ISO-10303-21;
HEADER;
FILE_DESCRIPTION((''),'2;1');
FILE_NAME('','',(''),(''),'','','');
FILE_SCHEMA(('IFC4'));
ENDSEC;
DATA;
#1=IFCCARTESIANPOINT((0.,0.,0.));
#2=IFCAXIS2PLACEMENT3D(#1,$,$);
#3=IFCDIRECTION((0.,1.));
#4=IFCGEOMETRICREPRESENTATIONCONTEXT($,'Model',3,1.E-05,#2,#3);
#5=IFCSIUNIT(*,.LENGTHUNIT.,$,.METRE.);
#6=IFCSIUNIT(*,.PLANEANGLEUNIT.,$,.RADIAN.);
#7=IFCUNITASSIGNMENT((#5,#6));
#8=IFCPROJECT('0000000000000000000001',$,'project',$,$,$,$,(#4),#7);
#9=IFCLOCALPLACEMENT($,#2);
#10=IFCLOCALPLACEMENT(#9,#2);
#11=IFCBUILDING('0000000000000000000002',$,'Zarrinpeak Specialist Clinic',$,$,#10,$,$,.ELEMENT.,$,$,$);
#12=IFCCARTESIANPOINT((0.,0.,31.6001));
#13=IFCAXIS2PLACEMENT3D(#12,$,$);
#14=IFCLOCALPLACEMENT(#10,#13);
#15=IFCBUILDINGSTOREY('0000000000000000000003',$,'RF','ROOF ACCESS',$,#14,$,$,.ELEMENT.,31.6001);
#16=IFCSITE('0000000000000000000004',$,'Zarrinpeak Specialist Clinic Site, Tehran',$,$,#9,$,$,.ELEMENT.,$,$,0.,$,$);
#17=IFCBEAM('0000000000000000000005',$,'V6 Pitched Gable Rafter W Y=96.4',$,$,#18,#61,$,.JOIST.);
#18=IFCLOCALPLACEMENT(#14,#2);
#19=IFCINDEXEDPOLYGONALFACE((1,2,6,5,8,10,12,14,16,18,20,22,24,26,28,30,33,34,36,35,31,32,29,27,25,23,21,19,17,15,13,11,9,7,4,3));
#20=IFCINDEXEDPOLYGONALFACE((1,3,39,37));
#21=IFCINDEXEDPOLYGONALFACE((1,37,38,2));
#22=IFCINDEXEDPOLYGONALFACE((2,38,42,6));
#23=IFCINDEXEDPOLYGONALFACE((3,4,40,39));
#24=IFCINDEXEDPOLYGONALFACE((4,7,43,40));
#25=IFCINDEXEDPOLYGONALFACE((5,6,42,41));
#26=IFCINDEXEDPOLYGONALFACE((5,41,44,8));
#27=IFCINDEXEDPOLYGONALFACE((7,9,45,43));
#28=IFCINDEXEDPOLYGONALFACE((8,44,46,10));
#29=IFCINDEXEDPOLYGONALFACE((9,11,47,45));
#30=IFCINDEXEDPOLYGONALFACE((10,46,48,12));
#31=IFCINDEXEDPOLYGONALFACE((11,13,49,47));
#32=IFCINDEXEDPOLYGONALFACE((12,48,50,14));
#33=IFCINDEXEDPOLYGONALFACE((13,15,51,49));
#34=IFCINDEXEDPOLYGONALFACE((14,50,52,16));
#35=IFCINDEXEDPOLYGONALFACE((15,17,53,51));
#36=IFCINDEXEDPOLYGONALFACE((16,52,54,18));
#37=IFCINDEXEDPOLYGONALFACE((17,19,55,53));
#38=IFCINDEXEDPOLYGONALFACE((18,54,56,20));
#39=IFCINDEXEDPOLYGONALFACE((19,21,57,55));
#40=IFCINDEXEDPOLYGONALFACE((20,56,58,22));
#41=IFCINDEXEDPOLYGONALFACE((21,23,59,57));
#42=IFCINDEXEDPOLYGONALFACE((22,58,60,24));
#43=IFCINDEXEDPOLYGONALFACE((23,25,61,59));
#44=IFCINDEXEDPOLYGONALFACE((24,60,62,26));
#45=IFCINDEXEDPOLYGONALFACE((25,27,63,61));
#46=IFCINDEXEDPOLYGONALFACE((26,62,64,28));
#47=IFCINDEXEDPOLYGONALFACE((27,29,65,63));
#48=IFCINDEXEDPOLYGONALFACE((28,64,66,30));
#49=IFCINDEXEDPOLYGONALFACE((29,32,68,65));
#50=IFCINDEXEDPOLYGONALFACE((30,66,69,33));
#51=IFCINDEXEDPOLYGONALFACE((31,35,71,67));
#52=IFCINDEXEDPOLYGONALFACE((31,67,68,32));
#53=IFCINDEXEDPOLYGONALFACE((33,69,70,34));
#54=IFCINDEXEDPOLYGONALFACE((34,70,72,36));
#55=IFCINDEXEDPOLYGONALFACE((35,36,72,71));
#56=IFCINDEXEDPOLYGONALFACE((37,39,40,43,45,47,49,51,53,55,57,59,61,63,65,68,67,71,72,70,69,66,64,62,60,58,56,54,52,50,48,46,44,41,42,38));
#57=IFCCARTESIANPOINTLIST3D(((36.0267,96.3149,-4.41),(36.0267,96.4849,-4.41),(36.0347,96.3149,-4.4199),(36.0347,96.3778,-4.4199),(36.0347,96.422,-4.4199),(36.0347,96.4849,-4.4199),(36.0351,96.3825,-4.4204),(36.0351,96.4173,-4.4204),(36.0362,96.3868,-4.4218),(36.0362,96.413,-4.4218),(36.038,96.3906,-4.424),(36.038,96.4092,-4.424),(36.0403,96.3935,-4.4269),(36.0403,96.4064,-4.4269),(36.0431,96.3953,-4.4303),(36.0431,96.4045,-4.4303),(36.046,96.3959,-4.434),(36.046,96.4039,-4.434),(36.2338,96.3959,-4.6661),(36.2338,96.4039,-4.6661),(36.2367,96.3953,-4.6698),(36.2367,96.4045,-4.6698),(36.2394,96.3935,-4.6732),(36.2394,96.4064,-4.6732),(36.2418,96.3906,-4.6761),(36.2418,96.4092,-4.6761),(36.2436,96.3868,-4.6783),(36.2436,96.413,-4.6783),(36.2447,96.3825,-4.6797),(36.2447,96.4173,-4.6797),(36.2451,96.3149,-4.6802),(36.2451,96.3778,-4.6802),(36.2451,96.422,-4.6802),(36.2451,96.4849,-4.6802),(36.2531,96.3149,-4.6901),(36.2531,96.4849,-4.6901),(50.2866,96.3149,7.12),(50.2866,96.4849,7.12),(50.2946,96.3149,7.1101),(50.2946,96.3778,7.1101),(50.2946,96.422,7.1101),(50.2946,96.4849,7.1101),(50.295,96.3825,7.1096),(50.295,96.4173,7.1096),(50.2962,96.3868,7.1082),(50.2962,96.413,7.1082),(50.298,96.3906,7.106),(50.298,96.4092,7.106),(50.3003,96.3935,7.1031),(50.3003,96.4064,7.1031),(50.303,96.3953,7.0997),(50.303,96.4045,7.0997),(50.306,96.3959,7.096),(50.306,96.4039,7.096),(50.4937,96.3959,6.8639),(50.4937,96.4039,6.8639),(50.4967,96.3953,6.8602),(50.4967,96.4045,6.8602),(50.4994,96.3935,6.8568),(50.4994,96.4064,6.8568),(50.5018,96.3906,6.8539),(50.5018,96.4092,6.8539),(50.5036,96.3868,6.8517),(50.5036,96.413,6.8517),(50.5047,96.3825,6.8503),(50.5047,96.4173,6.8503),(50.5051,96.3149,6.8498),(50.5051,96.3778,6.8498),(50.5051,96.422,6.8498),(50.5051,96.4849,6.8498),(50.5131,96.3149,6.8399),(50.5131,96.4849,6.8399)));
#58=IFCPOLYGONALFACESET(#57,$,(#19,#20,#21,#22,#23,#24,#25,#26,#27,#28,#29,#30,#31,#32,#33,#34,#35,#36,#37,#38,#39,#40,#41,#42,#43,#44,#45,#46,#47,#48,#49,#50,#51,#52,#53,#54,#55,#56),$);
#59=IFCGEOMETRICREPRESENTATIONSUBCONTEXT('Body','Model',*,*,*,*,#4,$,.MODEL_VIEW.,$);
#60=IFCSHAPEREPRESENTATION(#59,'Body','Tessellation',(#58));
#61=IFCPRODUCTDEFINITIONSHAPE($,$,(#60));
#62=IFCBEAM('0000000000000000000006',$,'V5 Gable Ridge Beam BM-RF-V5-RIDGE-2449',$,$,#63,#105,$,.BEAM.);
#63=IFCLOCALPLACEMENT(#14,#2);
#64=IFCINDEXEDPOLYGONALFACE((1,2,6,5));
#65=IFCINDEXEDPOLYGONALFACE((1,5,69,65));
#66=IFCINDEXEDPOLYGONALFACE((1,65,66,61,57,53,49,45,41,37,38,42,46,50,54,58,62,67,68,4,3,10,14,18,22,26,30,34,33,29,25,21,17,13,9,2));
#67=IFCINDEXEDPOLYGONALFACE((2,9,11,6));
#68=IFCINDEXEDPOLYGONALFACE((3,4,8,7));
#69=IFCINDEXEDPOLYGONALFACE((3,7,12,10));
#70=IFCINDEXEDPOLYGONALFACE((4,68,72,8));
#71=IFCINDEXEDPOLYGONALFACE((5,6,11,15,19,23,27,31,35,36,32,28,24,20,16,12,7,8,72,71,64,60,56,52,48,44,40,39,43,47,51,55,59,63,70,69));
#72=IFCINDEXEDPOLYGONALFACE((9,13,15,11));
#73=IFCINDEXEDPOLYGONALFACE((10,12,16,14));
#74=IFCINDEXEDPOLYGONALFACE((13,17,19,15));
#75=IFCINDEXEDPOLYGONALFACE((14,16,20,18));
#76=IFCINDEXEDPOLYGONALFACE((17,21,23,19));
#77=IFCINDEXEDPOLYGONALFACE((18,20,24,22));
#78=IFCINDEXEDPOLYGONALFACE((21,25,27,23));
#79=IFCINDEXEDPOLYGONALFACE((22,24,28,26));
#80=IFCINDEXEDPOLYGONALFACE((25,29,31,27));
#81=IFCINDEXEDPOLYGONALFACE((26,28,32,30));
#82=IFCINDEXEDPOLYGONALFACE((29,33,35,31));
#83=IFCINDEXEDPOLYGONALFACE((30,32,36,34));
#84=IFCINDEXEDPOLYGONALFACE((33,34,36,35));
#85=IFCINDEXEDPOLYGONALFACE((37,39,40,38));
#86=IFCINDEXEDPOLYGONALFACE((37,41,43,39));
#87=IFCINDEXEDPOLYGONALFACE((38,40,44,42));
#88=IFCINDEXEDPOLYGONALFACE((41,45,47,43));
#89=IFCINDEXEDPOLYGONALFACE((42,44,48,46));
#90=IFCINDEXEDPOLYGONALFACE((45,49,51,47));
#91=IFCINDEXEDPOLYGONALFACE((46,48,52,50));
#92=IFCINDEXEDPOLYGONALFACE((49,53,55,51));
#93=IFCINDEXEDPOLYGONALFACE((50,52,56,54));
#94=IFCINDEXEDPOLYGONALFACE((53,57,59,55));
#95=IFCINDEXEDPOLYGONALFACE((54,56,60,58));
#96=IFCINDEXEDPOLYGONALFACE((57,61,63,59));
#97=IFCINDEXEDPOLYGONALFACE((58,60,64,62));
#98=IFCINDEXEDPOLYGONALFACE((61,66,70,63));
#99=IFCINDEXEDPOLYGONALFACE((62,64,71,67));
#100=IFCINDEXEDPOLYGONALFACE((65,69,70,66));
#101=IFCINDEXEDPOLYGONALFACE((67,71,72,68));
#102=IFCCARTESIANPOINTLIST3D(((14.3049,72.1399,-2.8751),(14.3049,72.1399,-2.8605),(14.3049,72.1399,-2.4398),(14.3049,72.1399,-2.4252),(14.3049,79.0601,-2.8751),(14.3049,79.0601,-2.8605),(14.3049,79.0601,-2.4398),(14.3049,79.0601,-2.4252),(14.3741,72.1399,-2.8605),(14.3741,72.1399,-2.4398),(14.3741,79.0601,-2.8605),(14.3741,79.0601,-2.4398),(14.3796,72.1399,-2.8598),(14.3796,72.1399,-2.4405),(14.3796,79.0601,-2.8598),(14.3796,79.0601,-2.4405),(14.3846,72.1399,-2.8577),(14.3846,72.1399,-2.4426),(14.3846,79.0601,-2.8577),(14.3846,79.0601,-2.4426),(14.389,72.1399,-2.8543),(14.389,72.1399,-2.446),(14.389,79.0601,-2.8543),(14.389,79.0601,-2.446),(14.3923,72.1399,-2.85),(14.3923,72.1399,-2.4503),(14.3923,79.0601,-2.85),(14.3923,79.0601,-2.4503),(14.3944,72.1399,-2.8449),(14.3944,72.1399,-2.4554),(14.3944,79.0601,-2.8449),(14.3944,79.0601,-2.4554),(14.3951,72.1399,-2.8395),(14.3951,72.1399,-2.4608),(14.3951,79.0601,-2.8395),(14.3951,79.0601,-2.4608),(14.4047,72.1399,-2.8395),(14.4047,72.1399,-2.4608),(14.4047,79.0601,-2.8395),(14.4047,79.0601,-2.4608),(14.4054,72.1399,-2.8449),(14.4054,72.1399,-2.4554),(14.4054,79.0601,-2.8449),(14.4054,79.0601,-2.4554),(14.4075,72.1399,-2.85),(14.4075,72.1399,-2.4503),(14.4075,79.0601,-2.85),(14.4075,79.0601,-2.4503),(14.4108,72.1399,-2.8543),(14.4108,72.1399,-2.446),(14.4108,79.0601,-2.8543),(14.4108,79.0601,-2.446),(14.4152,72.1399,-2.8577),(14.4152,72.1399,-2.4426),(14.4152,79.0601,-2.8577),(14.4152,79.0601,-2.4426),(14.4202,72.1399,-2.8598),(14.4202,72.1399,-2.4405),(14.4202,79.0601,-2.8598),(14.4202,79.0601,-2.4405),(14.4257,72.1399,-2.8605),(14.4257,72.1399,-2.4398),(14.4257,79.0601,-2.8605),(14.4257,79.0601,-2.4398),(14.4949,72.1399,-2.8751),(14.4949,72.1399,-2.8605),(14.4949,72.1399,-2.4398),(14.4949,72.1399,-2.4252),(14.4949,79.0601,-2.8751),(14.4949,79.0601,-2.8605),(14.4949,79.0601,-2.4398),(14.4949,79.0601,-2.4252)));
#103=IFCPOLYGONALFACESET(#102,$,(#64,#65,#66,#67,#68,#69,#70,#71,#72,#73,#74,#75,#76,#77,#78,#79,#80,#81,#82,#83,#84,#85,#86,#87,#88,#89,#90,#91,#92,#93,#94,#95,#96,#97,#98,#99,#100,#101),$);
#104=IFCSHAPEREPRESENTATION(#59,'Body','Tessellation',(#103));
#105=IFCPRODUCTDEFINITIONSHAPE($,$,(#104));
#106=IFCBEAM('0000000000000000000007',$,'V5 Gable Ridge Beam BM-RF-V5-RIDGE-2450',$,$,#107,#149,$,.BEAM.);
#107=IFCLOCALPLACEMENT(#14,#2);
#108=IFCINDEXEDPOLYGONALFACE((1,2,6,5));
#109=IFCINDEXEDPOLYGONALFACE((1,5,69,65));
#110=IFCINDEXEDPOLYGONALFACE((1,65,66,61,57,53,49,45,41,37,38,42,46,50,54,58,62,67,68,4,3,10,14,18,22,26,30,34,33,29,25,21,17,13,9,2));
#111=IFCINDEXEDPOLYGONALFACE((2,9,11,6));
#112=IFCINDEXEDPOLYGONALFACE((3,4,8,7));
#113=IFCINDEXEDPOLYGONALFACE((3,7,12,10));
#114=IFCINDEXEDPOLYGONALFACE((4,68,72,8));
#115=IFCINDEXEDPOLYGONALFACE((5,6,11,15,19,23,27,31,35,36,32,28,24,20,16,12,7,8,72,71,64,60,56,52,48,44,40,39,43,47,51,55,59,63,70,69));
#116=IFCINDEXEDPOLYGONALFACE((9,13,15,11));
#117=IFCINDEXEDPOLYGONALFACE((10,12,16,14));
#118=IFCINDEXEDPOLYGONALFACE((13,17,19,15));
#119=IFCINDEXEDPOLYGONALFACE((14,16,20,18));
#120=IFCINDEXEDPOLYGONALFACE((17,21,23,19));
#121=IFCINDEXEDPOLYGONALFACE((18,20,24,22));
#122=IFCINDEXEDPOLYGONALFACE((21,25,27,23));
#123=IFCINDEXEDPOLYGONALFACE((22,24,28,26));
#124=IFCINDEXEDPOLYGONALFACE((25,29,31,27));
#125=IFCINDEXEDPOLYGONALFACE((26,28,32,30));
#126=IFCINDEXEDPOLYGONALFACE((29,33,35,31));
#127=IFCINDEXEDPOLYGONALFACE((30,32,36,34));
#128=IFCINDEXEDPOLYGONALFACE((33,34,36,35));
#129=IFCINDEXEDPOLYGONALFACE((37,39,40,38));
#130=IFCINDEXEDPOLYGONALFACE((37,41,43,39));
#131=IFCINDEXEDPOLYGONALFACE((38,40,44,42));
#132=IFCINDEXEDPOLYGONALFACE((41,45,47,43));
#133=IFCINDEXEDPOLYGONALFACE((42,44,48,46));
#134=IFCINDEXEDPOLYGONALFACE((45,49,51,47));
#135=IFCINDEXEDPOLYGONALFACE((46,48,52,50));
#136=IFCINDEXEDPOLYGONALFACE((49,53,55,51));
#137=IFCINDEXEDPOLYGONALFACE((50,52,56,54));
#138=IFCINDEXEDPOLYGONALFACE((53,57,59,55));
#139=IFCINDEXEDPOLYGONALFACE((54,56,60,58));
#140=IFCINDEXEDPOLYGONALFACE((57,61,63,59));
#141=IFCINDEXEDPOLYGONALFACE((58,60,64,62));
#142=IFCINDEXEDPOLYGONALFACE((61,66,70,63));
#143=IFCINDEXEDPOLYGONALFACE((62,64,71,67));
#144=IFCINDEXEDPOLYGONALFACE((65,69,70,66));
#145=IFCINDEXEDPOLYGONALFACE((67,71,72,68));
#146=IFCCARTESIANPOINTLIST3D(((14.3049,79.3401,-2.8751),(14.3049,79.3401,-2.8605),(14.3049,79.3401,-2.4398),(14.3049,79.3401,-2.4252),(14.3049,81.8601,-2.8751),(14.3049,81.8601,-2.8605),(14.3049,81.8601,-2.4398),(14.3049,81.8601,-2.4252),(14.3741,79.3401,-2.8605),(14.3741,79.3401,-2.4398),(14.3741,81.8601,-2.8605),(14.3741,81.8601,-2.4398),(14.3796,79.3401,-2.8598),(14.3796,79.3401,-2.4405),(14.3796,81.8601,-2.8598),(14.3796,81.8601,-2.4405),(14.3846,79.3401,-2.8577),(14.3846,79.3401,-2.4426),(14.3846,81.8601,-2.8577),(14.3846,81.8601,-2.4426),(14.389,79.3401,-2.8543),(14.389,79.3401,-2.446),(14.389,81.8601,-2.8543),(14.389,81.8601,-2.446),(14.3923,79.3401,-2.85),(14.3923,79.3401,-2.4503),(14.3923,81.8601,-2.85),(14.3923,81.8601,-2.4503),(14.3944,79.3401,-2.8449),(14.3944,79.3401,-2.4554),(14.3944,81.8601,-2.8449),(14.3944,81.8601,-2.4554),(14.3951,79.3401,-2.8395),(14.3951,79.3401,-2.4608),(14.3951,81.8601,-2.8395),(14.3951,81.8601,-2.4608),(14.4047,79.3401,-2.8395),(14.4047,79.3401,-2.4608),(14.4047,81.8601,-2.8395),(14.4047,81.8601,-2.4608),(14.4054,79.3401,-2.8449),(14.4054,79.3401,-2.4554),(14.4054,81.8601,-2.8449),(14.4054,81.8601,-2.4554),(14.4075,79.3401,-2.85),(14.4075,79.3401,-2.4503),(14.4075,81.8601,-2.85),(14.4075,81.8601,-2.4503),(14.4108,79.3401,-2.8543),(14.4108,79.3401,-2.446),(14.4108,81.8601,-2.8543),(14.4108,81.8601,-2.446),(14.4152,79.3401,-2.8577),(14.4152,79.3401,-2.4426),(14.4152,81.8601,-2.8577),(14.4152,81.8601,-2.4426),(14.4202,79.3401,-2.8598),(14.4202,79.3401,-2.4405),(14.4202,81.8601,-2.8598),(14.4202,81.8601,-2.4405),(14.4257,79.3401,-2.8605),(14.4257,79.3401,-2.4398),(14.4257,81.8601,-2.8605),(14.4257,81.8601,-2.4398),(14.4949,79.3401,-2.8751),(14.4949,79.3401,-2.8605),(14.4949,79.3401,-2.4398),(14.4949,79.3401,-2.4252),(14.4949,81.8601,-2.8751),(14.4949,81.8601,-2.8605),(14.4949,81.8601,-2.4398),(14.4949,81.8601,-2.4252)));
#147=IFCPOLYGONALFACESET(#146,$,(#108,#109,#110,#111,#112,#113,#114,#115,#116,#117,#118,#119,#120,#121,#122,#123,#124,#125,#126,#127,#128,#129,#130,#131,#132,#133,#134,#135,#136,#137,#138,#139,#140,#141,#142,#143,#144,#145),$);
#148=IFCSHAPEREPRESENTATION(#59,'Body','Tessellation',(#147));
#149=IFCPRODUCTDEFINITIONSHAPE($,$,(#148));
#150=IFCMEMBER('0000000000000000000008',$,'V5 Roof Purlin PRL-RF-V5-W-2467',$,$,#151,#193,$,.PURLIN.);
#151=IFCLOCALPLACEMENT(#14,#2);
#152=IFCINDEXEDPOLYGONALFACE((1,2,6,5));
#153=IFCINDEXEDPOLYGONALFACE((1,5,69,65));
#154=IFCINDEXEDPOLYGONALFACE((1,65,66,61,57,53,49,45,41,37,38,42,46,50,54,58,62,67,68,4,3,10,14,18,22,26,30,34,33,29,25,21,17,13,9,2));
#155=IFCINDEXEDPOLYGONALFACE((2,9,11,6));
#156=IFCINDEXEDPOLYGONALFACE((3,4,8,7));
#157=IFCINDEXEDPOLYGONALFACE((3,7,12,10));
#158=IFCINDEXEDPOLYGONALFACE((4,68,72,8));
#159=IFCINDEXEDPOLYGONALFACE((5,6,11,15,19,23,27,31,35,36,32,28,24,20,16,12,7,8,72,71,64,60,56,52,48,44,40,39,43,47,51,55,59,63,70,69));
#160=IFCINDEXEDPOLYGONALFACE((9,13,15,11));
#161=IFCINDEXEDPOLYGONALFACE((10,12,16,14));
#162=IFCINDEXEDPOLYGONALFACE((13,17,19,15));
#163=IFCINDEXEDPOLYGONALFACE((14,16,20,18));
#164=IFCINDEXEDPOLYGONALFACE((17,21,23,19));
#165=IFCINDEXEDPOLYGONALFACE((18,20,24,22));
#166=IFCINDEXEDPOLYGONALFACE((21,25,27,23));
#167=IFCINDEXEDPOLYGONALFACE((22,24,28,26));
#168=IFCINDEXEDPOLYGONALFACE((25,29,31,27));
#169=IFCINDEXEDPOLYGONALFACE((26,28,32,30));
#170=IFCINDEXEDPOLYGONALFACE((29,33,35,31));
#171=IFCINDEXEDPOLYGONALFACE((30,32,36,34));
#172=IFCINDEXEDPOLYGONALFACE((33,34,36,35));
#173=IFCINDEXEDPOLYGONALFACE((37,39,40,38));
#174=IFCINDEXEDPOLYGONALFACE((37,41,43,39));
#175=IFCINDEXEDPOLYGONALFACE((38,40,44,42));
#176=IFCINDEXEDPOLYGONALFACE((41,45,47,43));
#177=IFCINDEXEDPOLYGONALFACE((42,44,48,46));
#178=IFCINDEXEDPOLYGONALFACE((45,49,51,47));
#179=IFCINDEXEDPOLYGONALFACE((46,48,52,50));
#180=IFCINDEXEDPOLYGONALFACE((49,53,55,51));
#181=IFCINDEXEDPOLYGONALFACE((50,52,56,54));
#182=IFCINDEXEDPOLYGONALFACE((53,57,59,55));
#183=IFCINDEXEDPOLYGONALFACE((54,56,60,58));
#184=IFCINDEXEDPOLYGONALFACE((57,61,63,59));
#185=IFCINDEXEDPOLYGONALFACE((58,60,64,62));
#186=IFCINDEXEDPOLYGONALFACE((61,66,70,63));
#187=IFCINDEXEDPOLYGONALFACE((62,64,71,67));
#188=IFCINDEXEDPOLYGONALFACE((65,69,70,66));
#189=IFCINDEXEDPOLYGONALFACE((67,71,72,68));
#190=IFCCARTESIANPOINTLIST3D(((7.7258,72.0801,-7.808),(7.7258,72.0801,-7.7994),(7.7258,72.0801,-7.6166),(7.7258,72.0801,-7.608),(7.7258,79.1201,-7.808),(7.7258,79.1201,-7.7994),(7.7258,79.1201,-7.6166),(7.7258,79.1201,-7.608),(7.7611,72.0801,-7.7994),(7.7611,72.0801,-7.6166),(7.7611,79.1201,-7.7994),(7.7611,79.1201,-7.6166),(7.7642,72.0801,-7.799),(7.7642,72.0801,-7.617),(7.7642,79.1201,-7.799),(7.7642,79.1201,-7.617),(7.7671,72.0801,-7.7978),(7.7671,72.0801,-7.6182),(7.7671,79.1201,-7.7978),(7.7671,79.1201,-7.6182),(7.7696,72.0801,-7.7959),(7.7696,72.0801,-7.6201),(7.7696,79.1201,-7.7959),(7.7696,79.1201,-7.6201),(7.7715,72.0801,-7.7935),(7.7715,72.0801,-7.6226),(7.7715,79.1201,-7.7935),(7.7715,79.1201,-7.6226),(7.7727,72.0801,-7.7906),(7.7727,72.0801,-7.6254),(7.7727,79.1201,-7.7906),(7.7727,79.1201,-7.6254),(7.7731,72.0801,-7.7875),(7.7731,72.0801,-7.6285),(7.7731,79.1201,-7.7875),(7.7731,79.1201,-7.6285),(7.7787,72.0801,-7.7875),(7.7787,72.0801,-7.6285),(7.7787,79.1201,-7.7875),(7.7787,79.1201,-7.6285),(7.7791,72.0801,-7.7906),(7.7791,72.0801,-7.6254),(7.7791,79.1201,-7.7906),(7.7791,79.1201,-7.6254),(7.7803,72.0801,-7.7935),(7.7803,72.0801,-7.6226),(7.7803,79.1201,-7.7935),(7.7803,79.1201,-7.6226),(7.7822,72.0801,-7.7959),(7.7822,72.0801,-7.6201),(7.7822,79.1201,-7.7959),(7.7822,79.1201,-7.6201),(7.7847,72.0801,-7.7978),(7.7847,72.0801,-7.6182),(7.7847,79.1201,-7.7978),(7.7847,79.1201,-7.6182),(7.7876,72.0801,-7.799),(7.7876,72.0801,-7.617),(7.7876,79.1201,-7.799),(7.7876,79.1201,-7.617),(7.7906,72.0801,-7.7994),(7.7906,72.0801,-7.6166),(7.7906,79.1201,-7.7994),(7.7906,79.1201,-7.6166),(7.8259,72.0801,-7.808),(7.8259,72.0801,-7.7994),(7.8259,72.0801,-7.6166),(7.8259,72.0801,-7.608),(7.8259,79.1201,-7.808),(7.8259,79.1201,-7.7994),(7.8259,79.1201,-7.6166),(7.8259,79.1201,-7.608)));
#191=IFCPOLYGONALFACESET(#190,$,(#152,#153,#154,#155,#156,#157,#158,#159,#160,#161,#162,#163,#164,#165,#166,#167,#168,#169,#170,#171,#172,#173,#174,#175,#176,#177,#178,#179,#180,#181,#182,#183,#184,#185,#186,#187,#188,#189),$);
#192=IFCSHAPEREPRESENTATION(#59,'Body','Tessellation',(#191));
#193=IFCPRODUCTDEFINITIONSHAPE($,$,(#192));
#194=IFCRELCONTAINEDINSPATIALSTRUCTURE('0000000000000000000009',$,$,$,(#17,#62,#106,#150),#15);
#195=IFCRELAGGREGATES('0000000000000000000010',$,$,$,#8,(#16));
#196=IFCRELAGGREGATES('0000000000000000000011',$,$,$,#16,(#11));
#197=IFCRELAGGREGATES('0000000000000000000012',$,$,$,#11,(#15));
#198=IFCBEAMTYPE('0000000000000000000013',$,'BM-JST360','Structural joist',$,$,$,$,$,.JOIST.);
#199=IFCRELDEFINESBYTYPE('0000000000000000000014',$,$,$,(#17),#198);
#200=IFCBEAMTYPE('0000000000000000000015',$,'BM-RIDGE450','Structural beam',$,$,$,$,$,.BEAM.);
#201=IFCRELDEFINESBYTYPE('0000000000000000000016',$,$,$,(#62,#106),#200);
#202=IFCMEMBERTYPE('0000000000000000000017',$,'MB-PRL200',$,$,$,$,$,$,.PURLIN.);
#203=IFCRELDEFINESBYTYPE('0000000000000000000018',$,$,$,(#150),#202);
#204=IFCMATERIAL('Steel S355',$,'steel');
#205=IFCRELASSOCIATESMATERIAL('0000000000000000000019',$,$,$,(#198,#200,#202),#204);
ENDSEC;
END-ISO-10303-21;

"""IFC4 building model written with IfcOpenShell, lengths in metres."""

from ifc_helpers import new_model, si_unit, direction, frame, origin, origin_2d, place, context, subcontext, project, spatial, i_section, extrude, material, material_profile, profile_set, type_object, element, save


model = new_model("IFC4")

# Units and contexts
model_context = context("Model", 3, precision=1e-05, world=origin(), true_north=direction((0.0, 1.0)))
body_context = subcontext(model_context, "Body", "Model", "MODEL_VIEW")
ifc_project = project(units=[si_unit("LENGTHUNIT", "METRE"), si_unit("PLANEANGLEUNIT", "RADIAN")], contexts=[model_context])

# Site, building, storey
site_placement = place(None, origin())
site = spatial("IfcSite", under=ifc_project, at=site_placement, Name="Zarrinpeak Specialist Clinic Site, Tehran", CompositionType="ELEMENT", RefElevation=0.0)
building_placement = place(site_placement, origin())
building = spatial("IfcBuilding", under=site, at=building_placement, Name="Zarrinpeak Specialist Clinic", CompositionType="ELEMENT")
storey_placement = place(building_placement, frame((0.0, 0.0, 31.6001)))
storey = spatial("IfcBuildingStorey", under=building, at=storey_placement, Name="RF", Description="ROOF ACCESS", CompositionType="ELEMENT", Elevation=31.6001)

# Shared definitions
ifc_material_1 = material(Name="Steel S355", Category="steel")

# Beams
ifc_material_profile_1 = material_profile(ifc_material_1, i_section(OverallWidth=0.1699, OverallDepth=0.3601, WebThickness=0.0081, FlangeThickness=0.0127, FilletRadius=0.0181, at=origin_2d()), Name="IPE 360")
ifc_profile_set_1 = profile_set([ifc_material_profile_1], Name="Steel S355")
beam_type_1 = type_object("IfcBeamType", Name="BM-JST360", Description="Structural joist", PredefinedType="JOIST", material=ifc_profile_set_1)
beam_1_placement = place(storey_placement, frame((36.1399, 96.3999, -4.55), z_axis=(0.777612, 0.0, 0.628744), x_axis=(0.0, 1.0, 0.0)))
element("IfcBeam", 1, at=beam_1_placement, inside=storey, type_object=beam_type_1, Name="V6 Pitched Gable Rafter W Y=96.4", PredefinedType="JOIST", context=body_context, shape_type="SweptSolid", body=[
    extrude(i_section(OverallWidth=0.1699, OverallDepth=0.3601, WebThickness=0.0081, FlangeThickness=0.0127, FilletRadius=0.0181, at=origin_2d()), origin(), (0.0, 0.0, 1.0), 18.3381),
])
ifc_material_profile_2 = material_profile(ifc_material_1, i_section(OverallWidth=0.1899, OverallDepth=0.45, WebThickness=0.0095, FlangeThickness=0.0146, FilletRadius=0.021, at=origin_2d()), Name="IPE 450")
ifc_profile_set_2 = profile_set([ifc_material_profile_2], Name="Steel S355")
beam_type_2 = type_object("IfcBeamType", Name="BM-RIDGE450", Description="Structural beam", PredefinedType="BEAM", material=ifc_profile_set_2)
beam_2_placement = place(storey_placement, frame((14.3999, 72.1399, -2.6501), z_axis=(0.0, 1.0, 0.0), x_axis=(-1.0, 0.0, 0.0)))
element("IfcBeam", 2, at=beam_2_placement, inside=storey, type_object=beam_type_2, Name="V5 Gable Ridge Beam BM-RF-V5-RIDGE-2449", PredefinedType="BEAM", context=body_context, shape_type="SweptSolid", body=[
    extrude(i_section(OverallWidth=0.1899, OverallDepth=0.45, WebThickness=0.0095, FlangeThickness=0.0146, FilletRadius=0.021, at=origin_2d()), origin(), (0.0, 0.0, 1.0), 6.9202),
])
beam_3_placement = place(storey_placement, frame((14.3999, 79.3401, -2.6501), z_axis=(0.0, 1.0, 0.0), x_axis=(-1.0, 0.0, 0.0)))
element("IfcBeam", 3, at=beam_3_placement, inside=storey, type_object=beam_type_2, Name="V5 Gable Ridge Beam BM-RF-V5-RIDGE-2450", PredefinedType="BEAM", context=body_context, shape_type="SweptSolid", body=[
    extrude(i_section(OverallWidth=0.1899, OverallDepth=0.45, WebThickness=0.0095, FlangeThickness=0.0146, FilletRadius=0.021, at=origin_2d()), origin(), (0.0, 0.0, 1.0), 2.52),
])

# Member
ifc_material_profile_3 = material_profile(ifc_material_1, i_section(OverallWidth=0.1001, OverallDepth=0.2, WebThickness=0.0056, FlangeThickness=0.0085, FilletRadius=0.012, at=origin_2d()), Name="IPE 200")
ifc_profile_set_3 = profile_set([ifc_material_profile_3], Name="Steel S355")
member_type_1 = type_object("IfcMemberType", Name="MB-PRL200", PredefinedType="PURLIN", material=ifc_profile_set_3)
member_1_placement = place(storey_placement, frame((7.7759, 72.0801, -7.708), z_axis=(0.0, 1.0, 0.0), x_axis=(-1.0, 0.0, 0.0)))
element("IfcMember", 4, at=member_1_placement, inside=storey, type_object=member_type_1, Name="V5 Roof Purlin PRL-RF-V5-W-2467", PredefinedType="PURLIN", context=body_context, shape_type="SweptSolid", body=[
    extrude(i_section(OverallWidth=0.1001, OverallDepth=0.2, WebThickness=0.0056, FlangeThickness=0.0085, FilletRadius=0.012, at=origin_2d()), origin(), (0.0, 0.0, 1.0), 7.04),
])

save(model, "model.ifc")
